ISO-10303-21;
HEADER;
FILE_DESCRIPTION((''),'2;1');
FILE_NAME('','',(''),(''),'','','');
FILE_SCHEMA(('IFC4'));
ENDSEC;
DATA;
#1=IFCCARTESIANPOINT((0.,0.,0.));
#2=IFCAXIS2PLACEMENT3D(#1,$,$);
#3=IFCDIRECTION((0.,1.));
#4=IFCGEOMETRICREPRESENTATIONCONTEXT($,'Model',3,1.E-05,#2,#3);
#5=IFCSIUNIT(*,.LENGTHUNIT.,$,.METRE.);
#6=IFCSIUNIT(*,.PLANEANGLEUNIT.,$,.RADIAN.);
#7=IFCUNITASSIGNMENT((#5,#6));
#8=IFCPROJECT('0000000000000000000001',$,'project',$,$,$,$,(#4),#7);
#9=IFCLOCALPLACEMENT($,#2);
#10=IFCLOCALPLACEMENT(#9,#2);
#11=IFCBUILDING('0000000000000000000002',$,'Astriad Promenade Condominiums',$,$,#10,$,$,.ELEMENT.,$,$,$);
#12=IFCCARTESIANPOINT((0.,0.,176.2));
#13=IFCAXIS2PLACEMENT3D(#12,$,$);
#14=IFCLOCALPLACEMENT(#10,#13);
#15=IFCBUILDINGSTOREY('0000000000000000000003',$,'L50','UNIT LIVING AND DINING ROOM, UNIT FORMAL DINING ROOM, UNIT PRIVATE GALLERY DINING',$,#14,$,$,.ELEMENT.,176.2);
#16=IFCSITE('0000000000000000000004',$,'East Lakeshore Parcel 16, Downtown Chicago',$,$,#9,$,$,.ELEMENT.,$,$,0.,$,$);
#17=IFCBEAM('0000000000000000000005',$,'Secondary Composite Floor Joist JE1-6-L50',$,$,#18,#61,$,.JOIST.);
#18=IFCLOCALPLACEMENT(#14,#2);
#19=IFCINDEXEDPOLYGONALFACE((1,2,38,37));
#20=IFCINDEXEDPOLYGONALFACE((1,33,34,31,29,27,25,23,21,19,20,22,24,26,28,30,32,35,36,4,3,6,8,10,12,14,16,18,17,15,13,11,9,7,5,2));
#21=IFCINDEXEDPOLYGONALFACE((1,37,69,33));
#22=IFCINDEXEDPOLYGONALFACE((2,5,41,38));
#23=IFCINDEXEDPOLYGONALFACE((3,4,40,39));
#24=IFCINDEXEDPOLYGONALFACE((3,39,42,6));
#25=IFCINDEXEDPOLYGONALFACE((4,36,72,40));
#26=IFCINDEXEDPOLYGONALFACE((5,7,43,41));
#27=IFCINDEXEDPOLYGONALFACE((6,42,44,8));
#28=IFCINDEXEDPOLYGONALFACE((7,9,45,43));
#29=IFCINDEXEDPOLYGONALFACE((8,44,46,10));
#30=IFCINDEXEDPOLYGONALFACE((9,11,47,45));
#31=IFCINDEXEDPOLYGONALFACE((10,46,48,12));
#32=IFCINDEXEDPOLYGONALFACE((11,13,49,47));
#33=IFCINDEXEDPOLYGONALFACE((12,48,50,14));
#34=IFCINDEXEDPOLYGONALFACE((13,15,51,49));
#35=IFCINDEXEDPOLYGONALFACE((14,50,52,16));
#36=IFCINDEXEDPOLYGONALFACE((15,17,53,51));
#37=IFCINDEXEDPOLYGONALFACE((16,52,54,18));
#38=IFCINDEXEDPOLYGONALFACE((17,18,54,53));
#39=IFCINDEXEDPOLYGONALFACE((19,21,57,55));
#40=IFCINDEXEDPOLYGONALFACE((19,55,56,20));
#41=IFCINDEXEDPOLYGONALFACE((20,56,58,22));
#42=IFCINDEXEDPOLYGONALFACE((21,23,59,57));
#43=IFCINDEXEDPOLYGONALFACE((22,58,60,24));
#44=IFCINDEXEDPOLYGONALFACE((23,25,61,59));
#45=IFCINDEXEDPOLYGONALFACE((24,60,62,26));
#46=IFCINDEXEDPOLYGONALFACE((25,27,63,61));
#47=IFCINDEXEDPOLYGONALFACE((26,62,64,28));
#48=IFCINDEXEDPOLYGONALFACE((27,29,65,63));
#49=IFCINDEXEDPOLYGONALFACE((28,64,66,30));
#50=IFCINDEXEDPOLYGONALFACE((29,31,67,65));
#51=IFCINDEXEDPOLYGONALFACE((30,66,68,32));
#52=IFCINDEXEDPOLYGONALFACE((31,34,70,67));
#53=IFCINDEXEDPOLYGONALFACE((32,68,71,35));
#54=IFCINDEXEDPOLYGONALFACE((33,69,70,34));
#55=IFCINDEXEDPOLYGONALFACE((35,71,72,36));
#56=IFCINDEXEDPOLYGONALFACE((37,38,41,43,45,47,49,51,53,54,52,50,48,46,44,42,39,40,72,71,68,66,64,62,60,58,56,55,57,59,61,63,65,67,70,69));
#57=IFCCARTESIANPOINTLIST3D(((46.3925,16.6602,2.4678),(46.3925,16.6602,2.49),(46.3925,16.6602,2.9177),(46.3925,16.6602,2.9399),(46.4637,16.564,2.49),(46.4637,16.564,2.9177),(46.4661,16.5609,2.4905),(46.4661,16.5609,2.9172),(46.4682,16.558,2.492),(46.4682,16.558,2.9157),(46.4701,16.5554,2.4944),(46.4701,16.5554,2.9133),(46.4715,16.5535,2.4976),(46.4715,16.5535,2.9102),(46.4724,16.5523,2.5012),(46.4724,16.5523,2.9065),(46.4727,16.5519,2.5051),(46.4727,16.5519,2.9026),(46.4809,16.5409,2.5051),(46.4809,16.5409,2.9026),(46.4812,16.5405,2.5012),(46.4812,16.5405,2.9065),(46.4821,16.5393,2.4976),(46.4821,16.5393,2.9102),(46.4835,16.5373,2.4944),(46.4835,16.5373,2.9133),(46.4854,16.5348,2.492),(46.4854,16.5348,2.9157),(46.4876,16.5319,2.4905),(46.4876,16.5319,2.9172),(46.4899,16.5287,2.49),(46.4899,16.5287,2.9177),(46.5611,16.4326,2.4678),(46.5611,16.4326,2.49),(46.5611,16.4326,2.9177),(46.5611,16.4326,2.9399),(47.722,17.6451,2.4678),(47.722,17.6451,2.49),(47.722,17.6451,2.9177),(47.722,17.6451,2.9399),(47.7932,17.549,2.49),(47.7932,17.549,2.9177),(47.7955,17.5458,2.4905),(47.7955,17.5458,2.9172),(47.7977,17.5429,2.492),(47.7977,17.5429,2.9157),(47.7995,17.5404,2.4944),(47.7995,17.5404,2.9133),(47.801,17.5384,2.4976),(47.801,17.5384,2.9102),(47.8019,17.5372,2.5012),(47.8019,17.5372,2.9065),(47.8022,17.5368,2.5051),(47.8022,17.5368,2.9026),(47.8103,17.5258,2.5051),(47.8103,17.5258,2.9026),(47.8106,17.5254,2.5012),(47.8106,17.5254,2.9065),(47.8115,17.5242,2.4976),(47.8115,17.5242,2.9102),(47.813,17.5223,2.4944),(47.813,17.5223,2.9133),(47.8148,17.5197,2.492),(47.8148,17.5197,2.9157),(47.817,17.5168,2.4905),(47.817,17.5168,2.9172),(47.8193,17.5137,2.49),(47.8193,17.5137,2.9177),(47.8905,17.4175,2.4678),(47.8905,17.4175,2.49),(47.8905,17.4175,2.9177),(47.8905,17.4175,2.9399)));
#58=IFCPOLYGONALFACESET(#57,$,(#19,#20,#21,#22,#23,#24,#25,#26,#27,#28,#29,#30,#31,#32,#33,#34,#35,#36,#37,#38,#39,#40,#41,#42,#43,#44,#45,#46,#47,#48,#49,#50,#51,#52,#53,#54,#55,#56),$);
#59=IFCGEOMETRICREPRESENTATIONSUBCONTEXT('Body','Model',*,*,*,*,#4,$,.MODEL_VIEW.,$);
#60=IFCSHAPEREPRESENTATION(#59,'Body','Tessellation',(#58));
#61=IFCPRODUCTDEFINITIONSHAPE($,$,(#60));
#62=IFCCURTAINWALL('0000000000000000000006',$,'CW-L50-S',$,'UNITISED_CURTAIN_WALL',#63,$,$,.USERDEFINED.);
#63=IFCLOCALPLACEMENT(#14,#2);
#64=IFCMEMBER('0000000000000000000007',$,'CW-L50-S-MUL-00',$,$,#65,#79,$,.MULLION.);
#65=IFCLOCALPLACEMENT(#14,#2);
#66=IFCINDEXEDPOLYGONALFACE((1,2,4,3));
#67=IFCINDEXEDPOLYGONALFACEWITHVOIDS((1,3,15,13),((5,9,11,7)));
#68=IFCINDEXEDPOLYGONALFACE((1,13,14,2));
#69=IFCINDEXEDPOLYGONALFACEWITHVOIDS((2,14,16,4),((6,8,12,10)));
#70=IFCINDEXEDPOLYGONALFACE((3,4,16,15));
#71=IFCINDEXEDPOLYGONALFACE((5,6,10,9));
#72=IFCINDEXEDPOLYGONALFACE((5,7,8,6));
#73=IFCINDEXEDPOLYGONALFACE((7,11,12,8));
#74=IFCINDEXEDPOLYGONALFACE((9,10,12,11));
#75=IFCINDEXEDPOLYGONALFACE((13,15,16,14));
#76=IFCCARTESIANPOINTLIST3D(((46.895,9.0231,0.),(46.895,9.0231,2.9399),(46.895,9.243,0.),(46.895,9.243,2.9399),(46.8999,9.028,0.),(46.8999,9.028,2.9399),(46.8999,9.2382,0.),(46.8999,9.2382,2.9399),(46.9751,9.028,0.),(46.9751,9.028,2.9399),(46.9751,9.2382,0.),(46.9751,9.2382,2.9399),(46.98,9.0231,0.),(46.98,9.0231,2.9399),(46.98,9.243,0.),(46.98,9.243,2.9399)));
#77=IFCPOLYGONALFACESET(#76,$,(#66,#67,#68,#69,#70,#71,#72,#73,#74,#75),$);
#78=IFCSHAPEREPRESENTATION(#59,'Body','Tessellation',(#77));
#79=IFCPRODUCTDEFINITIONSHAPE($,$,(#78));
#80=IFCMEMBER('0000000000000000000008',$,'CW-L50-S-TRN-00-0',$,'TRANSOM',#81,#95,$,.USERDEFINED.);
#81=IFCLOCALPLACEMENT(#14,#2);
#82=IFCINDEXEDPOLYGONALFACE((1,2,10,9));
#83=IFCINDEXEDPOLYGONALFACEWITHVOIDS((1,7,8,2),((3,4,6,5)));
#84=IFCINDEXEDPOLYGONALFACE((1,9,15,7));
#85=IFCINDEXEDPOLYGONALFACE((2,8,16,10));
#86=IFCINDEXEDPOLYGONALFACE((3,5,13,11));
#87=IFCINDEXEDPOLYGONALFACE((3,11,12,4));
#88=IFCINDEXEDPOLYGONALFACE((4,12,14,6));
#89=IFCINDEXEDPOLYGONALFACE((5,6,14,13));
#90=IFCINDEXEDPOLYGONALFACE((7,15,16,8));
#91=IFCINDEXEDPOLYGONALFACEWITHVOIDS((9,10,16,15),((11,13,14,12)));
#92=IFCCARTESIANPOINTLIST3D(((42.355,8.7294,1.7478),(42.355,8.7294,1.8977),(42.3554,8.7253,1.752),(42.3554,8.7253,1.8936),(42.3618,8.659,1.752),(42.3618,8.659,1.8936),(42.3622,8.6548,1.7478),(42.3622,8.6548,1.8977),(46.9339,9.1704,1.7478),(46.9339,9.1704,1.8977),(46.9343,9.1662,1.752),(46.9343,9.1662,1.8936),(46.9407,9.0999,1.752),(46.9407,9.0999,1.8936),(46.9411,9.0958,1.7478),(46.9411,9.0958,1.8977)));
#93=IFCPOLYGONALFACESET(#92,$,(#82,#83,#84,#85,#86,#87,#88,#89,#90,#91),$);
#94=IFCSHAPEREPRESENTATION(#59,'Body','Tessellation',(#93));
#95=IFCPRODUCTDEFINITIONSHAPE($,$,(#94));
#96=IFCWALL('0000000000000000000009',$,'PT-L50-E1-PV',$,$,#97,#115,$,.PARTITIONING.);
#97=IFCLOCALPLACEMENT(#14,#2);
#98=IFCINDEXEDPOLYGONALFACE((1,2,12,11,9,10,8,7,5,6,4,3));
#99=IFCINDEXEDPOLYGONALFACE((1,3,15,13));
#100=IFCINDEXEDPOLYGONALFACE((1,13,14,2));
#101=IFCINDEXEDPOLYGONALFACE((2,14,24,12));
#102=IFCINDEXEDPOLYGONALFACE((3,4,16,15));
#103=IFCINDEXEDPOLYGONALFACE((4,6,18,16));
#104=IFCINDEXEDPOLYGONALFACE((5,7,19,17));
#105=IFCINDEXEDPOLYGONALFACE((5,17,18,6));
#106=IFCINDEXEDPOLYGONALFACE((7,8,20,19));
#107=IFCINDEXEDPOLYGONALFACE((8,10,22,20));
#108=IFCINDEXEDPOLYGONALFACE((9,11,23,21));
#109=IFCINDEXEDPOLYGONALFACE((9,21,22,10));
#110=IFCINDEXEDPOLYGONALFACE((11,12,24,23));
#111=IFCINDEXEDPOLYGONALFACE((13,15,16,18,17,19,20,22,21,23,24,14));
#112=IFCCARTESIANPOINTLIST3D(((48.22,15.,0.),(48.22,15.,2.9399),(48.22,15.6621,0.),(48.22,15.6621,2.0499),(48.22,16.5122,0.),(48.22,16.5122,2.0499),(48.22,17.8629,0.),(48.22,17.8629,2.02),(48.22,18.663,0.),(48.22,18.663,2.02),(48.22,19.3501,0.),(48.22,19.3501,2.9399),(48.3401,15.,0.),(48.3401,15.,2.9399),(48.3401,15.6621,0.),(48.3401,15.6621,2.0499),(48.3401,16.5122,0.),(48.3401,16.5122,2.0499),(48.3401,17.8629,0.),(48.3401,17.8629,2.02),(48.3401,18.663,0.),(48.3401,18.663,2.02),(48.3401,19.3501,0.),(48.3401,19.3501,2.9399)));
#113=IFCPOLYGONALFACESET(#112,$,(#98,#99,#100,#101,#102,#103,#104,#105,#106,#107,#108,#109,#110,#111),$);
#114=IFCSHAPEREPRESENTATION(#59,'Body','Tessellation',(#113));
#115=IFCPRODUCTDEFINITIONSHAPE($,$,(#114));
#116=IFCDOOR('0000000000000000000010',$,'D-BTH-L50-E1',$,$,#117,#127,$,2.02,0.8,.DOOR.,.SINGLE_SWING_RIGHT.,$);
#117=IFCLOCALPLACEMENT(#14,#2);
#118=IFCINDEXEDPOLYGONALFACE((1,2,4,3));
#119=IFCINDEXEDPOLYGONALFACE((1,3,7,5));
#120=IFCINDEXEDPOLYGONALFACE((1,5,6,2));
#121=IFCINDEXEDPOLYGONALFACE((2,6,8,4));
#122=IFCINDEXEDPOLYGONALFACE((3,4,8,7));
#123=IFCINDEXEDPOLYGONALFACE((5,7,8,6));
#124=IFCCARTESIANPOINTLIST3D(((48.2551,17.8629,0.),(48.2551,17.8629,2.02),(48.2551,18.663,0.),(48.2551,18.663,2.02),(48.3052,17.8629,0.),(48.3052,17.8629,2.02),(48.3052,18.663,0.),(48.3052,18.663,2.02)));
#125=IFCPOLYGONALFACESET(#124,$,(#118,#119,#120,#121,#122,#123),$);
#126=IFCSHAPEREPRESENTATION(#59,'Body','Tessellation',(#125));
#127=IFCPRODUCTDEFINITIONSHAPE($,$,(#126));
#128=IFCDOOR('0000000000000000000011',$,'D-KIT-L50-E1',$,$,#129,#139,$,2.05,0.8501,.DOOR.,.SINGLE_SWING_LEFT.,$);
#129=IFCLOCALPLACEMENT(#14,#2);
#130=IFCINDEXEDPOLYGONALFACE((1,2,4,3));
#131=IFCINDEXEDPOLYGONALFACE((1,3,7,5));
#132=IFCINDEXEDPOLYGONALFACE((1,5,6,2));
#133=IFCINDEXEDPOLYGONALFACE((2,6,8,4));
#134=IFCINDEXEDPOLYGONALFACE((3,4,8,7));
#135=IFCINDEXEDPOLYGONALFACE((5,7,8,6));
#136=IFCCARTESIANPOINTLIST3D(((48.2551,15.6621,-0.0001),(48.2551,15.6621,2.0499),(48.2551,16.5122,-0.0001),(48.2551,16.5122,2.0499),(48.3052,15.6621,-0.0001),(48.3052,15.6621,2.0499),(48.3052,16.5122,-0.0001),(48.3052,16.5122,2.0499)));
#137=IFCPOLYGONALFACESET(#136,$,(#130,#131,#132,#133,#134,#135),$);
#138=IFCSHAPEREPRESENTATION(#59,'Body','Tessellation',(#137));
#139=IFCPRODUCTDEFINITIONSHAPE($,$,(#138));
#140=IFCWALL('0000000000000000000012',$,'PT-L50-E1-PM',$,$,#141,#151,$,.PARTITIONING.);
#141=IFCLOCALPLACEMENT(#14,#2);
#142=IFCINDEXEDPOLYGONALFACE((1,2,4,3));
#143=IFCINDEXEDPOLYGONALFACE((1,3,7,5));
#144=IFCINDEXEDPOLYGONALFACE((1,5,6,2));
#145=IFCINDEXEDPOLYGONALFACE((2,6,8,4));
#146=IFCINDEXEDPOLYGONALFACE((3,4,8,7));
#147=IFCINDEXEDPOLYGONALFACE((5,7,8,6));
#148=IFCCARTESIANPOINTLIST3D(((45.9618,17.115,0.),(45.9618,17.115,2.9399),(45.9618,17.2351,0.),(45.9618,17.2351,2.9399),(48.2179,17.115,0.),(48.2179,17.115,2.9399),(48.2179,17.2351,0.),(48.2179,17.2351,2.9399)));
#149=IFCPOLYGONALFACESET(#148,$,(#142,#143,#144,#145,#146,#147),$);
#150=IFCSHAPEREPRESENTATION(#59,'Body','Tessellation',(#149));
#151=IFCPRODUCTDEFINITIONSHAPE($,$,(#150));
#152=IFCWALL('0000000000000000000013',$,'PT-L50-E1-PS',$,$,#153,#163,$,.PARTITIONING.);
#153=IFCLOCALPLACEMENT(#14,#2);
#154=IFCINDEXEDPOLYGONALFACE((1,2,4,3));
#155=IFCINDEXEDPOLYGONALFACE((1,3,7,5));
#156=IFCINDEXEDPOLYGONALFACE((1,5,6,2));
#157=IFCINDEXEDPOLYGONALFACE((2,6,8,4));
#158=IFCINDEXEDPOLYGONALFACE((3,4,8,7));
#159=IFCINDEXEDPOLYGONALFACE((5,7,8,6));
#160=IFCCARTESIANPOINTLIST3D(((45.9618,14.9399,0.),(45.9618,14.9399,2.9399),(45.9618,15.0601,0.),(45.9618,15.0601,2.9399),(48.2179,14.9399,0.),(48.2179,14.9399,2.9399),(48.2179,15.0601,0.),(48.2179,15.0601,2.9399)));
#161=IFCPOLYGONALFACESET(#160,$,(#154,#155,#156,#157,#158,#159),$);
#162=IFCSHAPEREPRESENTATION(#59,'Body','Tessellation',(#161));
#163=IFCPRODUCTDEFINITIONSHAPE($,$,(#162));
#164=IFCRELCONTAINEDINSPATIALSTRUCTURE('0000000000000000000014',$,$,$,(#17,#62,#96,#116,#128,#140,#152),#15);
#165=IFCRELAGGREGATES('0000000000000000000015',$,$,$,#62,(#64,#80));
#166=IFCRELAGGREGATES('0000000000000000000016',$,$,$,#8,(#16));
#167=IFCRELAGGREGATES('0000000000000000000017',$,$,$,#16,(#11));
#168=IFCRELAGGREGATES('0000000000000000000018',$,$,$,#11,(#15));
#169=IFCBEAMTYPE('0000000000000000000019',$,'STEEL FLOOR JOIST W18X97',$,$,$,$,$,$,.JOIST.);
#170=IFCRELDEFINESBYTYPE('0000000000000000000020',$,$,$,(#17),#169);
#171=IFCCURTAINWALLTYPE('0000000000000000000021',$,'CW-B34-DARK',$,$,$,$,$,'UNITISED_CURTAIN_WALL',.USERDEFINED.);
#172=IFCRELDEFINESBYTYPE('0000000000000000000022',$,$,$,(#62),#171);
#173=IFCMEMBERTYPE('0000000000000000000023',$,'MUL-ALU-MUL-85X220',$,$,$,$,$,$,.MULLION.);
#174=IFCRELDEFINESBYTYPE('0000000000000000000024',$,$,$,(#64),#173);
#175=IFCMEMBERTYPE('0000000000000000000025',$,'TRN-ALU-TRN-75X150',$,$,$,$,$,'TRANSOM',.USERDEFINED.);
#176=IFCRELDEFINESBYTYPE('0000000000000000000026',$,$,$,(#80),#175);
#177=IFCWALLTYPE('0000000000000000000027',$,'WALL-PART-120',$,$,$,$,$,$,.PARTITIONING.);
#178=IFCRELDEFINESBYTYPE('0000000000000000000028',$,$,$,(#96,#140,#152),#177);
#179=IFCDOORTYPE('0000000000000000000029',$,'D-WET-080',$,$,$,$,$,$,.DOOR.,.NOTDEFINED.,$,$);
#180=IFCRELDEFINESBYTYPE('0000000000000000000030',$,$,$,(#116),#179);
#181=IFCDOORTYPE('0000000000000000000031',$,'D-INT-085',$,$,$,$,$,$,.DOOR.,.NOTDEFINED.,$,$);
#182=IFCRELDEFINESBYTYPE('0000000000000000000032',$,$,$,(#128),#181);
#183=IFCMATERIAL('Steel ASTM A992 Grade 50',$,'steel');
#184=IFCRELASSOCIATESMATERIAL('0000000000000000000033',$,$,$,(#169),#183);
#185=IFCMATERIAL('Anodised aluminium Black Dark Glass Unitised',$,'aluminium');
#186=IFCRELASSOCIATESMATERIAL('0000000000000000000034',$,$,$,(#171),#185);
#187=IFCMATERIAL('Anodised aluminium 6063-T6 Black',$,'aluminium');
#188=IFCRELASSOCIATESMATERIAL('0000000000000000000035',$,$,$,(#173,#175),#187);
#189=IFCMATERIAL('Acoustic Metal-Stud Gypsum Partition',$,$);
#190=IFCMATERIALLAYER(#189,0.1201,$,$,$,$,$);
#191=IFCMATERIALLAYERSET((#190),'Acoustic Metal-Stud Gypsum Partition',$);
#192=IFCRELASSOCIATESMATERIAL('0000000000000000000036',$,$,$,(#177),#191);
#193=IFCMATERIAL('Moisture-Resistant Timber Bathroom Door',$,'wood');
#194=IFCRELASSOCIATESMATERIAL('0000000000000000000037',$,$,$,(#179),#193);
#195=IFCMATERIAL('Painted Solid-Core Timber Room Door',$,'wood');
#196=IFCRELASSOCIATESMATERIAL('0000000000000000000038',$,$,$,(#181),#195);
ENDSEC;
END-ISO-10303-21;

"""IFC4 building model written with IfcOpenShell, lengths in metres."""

from ifc_helpers import new_model, si_unit, direction, frame, frame_2d, origin, origin_2d, place, context, subcontext, project, spatial, rectangle, hollow_rectangle, i_section, extrude, source, transform, mapped, material, layer, layer_set, material_profile, profile_set, type_object, type_shapes, element, fill, aggregate, save


model = new_model("IFC4")

# Units and contexts
model_context = context("Model", 3, precision=1e-05, world=origin(), true_north=direction((0.0, 1.0)))
body_context = subcontext(model_context, "Body", "Model", "MODEL_VIEW")
ifc_project = project(units=[si_unit("LENGTHUNIT", "METRE"), si_unit("PLANEANGLEUNIT", "RADIAN")], contexts=[model_context])

# Site, building, storey
site_placement = place(None, origin())
site = spatial("IfcSite", under=ifc_project, at=site_placement, Name="East Lakeshore Parcel 16, Downtown Chicago", CompositionType="ELEMENT", RefElevation=0.0)
building_placement = place(site_placement, origin())
building = spatial("IfcBuilding", under=site, at=building_placement, Name="Astriad Promenade Condominiums", CompositionType="ELEMENT")
storey_placement = place(building_placement, frame((0.0, 0.0, 176.2)))
storey = spatial("IfcBuildingStorey", under=building, at=storey_placement, Name="L50", Description="UNIT LIVING AND DINING ROOM, UNIT FORMAL DINING ROOM, UNIT PRIVATE GALLERY DINING", CompositionType="ELEMENT", Elevation=176.2)

# Beam
ifc_material_1 = material(Name="Steel ASTM A992 Grade 50", Category="steel")
ifc_material_profile_1 = material_profile(ifc_material_1, i_section(OverallWidth=0.2832, OverallDepth=0.4722, WebThickness=0.0137, FlangeThickness=0.0222, FilletRadius=0.0151, at=origin_2d()), Name="W18X97")
ifc_profile_set_1 = profile_set([ifc_material_profile_1], Name="Steel ASTM A992 Grade 50")
beam_type_1 = type_object("IfcBeamType", Name="STEEL FLOOR JOIST W18X97", PredefinedType="JOIST", material=ifc_profile_set_1)
shared_shape_1 = source(origin(), body_context, "Body", "SweptSolid", [
    extrude(i_section(OverallWidth=0.2832, OverallDepth=0.4722, WebThickness=0.0137, FlangeThickness=0.0222, FilletRadius=0.0151, at=origin_2d()), origin(), (0.0, 0.0, 1.0), 1.6545),
])
beam_1_placement = place(storey_placement, frame((46.4768, 16.5464, 2.7039), z_axis=(0.80351, 0.595291, 0.0), x_axis=(-0.595291, 0.80351, 0.0)))
element("IfcBeam", 1, at=beam_1_placement, inside=storey, type_object=beam_type_1, Name="Secondary Composite Floor Joist JE1-6-L50", PredefinedType="JOIST", context=body_context, shape_type="MappedRepresentation", body=[
    mapped(shared_shape_1, transform((0.0, 0.0, 0.0), scale=1.0)),
])

# Curtain wall, members
ifc_material_2 = material(Name="Anodised aluminium Black Dark Glass Unitised", Category="aluminium")
curtain_wall_type = type_object("IfcCurtainWallType", Name="CW-B34-DARK", ElementType="UNITISED_CURTAIN_WALL", PredefinedType="USERDEFINED", material=ifc_material_2)
curtain_wall_placement = place(storey_placement, origin())
curtain_wall = element("IfcCurtainWall", 2, at=curtain_wall_placement, inside=storey, type_object=curtain_wall_type, Name="CW-L50-S", ObjectType="UNITISED_CURTAIN_WALL", PredefinedType="USERDEFINED")
ifc_material_3 = material(Name="Anodised aluminium 6063-T6 Black", Category="aluminium")
ifc_material_profile_2 = material_profile(ifc_material_3, hollow_rectangle(XDim=0.085, YDim=0.22, WallThickness=0.0049, at=origin_2d()), Name="ALU-MUL-85X220")
ifc_profile_set_2 = profile_set([ifc_material_profile_2], Name="Anodised aluminium 6063-T6 Black")
member_type_1 = type_object("IfcMemberType", Name="MUL-ALU-MUL-85X220", PredefinedType="MULLION", material=ifc_profile_set_2)
shared_shape_2 = source(origin(), body_context, "Body", "SweptSolid", [
    extrude(hollow_rectangle(XDim=0.085, YDim=0.22, WallThickness=0.0049, at=origin_2d()), origin(), (0.0, 0.0, 1.0), 2.9399),
])
type_shapes(member_type_1, [shared_shape_2])
member_1_placement = place(storey_placement, frame((46.9375, 9.1331, 0.0), z_axis=(0.0, 0.0, 1.0), x_axis=(1.0, 0.0, 0.0)))
member_1 = element("IfcMember", 3, at=member_1_placement, type_object=member_type_1, Name="CW-L50-S-MUL-00", PredefinedType="MULLION", context=body_context, shape_type="MappedRepresentation", body=[
    mapped(shared_shape_2, transform((0.0, 0.0, 0.0), scale=1.0)),
])
ifc_material_profile_3 = material_profile(ifc_material_3, hollow_rectangle(XDim=0.075, YDim=0.1499, WallThickness=0.0042, at=origin_2d()), Name="ALU-TRN-75X150")
ifc_profile_set_3 = profile_set([ifc_material_profile_3], Name="Anodised aluminium 6063-T6 Black")
member_type_2 = type_object("IfcMemberType", Name="TRN-ALU-TRN-75X150", ElementType="TRANSOM", PredefinedType="USERDEFINED", material=ifc_profile_set_3)
shared_shape_3 = source(origin(), body_context, "Body", "SweptSolid", [
    extrude(hollow_rectangle(XDim=0.075, YDim=0.1499, WallThickness=0.0042, at=origin_2d()), origin(), (0.0, 0.0, 1.0), 4.6001),
])
type_shapes(member_type_2, [shared_shape_3])
member_2_placement = place(storey_placement, frame((46.9375, 9.1331, 1.8228), z_axis=(-0.995396, -0.095851, 0.0), x_axis=(0.095851, -0.995396, 0.0)))
member_2 = element("IfcMember", 4, at=member_2_placement, type_object=member_type_2, Name="CW-L50-S-TRN-00-0", ObjectType="TRANSOM", PredefinedType="USERDEFINED", context=body_context, shape_type="MappedRepresentation", body=[
    mapped(shared_shape_3, transform((0.0, 0.0, 0.0), scale=1.0)),
])
aggregate(curtain_wall, [member_1, member_2])

# Wall, openings, doors
ifc_material_4 = material(Name="Acoustic Metal-Stud Gypsum Partition")
ifc_layer = layer(ifc_material_4, 0.1201)
ifc_layer_set = layer_set([ifc_layer], Name="Acoustic Metal-Stud Gypsum Partition")
wall_type = type_object("IfcWallType", Name="WALL-PART-120", PredefinedType="PARTITIONING", material=ifc_layer_set)
wall_1_placement = place(storey_placement, frame((48.28, 15.0, 0.0), z_axis=(0.0, 0.0, 1.0), x_axis=(0.0, 1.0, 0.0)))
wall_1 = element("IfcWall", 5, at=wall_1_placement, inside=storey, type_object=wall_type, Name="PT-L50-E1-PV", PredefinedType="PARTITIONING", context=body_context, shape_type="SweptSolid", body=[
    extrude(rectangle(XDim=4.3501, YDim=0.1201, at=frame_2d((2.175, 0.0))), origin(), (0.0, 0.0, 1.0), 2.9399),
])
opening_1_placement = place(wall_1_placement, frame((0.6621, 0.0, 0.0)))
opening_1 = element("IfcOpeningElement", 6, at=opening_1_placement, cuts=wall_1, PredefinedType="OPENING", context=body_context, shape_type="SweptSolid", body=[
    extrude(rectangle(XDim=0.8501, YDim=2.05, at=frame_2d((0.425, 1.0249))), frame((0.0, 0.0701, 0.0), z_axis=(0.0, -1.0, 0.0), x_axis=(1.0, 0.0, 0.0)), (0.0, 0.0, 1.0), 0.1401),
])
opening_2_placement = place(wall_1_placement, frame((2.863, 0.0, 0.0)))
opening_2 = element("IfcOpeningElement", 7, at=opening_2_placement, cuts=wall_1, PredefinedType="OPENING", context=body_context, shape_type="SweptSolid", body=[
    extrude(rectangle(XDim=0.8, YDim=2.02, at=frame_2d((0.3999, 1.01))), frame((0.0, 0.0701, 0.0), z_axis=(0.0, -1.0, 0.0), x_axis=(1.0, 0.0, 0.0)), (0.0, 0.0, 1.0), 0.1401),
])
ifc_material_5 = material(Name="Moisture-Resistant Timber Bathroom Door", Category="wood")
door_type_1 = type_object("IfcDoorType", Name="D-WET-080", OperationType="NOTDEFINED", PredefinedType="DOOR", material=ifc_material_5)
shared_shape_4 = source(origin(), body_context, "Body", "SweptSolid", [
    extrude(rectangle(XDim=0.8, YDim=2.02, at=frame_2d((0.3999, 1.01))), frame((0.0, 0.0249, 0.0), z_axis=(0.0, -1.0, 0.0), x_axis=(1.0, 0.0, 0.0)), (0.0, 0.0, 1.0), 0.05),
])
type_shapes(door_type_1, [shared_shape_4])
door_1_placement = place(opening_2_placement, origin())
door_1 = element("IfcDoor", 8, at=door_1_placement, inside=storey, type_object=door_type_1, Name="D-BTH-L50-E1", OperationType="SINGLE_SWING_RIGHT", OverallHeight=2.02, OverallWidth=0.8, PredefinedType="DOOR", context=body_context, shape_type="MappedRepresentation", body=[
    mapped(shared_shape_4, transform((0.0, 0.0, 0.0), scale=1.0)),
])
fill(opening_2, door_1)
ifc_material_6 = material(Name="Painted Solid-Core Timber Room Door", Category="wood")
door_type_2 = type_object("IfcDoorType", Name="D-INT-085", OperationType="NOTDEFINED", PredefinedType="DOOR", material=ifc_material_6)
shared_shape_5 = source(origin(), body_context, "Body", "SweptSolid", [
    extrude(rectangle(XDim=0.8501, YDim=2.05, at=frame_2d((0.425, 1.0249))), frame((0.0, 0.0249, 0.0), z_axis=(0.0, -1.0, 0.0), x_axis=(1.0, 0.0, 0.0)), (0.0, 0.0, 1.0), 0.05),
])
type_shapes(door_type_2, [shared_shape_5])
door_2_placement = place(opening_1_placement, origin())
door_2 = element("IfcDoor", 9, at=door_2_placement, inside=storey, type_object=door_type_2, Name="D-KIT-L50-E1", OperationType="SINGLE_SWING_LEFT", OverallHeight=2.05, OverallWidth=0.8501, PredefinedType="DOOR", context=body_context, shape_type="MappedRepresentation", body=[
    mapped(shared_shape_5, transform((0.0, 0.0, 0.0), scale=1.0)),
])
fill(opening_1, door_2)

# Walls
for number, where, z_axis, x_axis, name in (
    (10, (45.9619, 17.175, 0.0), (0.0, 0.0, 1.0), (1.0, 0.0, 0.0), "PT-L50-E1-PM"),
    (11, (45.9619, 15.0, 0.0), (0.0, 0.0, 1.0), (1.0, 0.0, 0.0), "PT-L50-E1-PS"),
):
    element("IfcWall", number, at=place(storey_placement, frame(where, z_axis=z_axis, x_axis=x_axis)), inside=storey, type_object=wall_type, Name=name, PredefinedType="PARTITIONING", context=body_context, shape_type="SweptSolid", body=[
        extrude(rectangle(XDim=2.2561, YDim=0.1201, at=frame_2d((1.1279, 0.0))), origin(), (0.0, 0.0, 1.0), 2.9399),
    ])

save(model, "model.ifc")
